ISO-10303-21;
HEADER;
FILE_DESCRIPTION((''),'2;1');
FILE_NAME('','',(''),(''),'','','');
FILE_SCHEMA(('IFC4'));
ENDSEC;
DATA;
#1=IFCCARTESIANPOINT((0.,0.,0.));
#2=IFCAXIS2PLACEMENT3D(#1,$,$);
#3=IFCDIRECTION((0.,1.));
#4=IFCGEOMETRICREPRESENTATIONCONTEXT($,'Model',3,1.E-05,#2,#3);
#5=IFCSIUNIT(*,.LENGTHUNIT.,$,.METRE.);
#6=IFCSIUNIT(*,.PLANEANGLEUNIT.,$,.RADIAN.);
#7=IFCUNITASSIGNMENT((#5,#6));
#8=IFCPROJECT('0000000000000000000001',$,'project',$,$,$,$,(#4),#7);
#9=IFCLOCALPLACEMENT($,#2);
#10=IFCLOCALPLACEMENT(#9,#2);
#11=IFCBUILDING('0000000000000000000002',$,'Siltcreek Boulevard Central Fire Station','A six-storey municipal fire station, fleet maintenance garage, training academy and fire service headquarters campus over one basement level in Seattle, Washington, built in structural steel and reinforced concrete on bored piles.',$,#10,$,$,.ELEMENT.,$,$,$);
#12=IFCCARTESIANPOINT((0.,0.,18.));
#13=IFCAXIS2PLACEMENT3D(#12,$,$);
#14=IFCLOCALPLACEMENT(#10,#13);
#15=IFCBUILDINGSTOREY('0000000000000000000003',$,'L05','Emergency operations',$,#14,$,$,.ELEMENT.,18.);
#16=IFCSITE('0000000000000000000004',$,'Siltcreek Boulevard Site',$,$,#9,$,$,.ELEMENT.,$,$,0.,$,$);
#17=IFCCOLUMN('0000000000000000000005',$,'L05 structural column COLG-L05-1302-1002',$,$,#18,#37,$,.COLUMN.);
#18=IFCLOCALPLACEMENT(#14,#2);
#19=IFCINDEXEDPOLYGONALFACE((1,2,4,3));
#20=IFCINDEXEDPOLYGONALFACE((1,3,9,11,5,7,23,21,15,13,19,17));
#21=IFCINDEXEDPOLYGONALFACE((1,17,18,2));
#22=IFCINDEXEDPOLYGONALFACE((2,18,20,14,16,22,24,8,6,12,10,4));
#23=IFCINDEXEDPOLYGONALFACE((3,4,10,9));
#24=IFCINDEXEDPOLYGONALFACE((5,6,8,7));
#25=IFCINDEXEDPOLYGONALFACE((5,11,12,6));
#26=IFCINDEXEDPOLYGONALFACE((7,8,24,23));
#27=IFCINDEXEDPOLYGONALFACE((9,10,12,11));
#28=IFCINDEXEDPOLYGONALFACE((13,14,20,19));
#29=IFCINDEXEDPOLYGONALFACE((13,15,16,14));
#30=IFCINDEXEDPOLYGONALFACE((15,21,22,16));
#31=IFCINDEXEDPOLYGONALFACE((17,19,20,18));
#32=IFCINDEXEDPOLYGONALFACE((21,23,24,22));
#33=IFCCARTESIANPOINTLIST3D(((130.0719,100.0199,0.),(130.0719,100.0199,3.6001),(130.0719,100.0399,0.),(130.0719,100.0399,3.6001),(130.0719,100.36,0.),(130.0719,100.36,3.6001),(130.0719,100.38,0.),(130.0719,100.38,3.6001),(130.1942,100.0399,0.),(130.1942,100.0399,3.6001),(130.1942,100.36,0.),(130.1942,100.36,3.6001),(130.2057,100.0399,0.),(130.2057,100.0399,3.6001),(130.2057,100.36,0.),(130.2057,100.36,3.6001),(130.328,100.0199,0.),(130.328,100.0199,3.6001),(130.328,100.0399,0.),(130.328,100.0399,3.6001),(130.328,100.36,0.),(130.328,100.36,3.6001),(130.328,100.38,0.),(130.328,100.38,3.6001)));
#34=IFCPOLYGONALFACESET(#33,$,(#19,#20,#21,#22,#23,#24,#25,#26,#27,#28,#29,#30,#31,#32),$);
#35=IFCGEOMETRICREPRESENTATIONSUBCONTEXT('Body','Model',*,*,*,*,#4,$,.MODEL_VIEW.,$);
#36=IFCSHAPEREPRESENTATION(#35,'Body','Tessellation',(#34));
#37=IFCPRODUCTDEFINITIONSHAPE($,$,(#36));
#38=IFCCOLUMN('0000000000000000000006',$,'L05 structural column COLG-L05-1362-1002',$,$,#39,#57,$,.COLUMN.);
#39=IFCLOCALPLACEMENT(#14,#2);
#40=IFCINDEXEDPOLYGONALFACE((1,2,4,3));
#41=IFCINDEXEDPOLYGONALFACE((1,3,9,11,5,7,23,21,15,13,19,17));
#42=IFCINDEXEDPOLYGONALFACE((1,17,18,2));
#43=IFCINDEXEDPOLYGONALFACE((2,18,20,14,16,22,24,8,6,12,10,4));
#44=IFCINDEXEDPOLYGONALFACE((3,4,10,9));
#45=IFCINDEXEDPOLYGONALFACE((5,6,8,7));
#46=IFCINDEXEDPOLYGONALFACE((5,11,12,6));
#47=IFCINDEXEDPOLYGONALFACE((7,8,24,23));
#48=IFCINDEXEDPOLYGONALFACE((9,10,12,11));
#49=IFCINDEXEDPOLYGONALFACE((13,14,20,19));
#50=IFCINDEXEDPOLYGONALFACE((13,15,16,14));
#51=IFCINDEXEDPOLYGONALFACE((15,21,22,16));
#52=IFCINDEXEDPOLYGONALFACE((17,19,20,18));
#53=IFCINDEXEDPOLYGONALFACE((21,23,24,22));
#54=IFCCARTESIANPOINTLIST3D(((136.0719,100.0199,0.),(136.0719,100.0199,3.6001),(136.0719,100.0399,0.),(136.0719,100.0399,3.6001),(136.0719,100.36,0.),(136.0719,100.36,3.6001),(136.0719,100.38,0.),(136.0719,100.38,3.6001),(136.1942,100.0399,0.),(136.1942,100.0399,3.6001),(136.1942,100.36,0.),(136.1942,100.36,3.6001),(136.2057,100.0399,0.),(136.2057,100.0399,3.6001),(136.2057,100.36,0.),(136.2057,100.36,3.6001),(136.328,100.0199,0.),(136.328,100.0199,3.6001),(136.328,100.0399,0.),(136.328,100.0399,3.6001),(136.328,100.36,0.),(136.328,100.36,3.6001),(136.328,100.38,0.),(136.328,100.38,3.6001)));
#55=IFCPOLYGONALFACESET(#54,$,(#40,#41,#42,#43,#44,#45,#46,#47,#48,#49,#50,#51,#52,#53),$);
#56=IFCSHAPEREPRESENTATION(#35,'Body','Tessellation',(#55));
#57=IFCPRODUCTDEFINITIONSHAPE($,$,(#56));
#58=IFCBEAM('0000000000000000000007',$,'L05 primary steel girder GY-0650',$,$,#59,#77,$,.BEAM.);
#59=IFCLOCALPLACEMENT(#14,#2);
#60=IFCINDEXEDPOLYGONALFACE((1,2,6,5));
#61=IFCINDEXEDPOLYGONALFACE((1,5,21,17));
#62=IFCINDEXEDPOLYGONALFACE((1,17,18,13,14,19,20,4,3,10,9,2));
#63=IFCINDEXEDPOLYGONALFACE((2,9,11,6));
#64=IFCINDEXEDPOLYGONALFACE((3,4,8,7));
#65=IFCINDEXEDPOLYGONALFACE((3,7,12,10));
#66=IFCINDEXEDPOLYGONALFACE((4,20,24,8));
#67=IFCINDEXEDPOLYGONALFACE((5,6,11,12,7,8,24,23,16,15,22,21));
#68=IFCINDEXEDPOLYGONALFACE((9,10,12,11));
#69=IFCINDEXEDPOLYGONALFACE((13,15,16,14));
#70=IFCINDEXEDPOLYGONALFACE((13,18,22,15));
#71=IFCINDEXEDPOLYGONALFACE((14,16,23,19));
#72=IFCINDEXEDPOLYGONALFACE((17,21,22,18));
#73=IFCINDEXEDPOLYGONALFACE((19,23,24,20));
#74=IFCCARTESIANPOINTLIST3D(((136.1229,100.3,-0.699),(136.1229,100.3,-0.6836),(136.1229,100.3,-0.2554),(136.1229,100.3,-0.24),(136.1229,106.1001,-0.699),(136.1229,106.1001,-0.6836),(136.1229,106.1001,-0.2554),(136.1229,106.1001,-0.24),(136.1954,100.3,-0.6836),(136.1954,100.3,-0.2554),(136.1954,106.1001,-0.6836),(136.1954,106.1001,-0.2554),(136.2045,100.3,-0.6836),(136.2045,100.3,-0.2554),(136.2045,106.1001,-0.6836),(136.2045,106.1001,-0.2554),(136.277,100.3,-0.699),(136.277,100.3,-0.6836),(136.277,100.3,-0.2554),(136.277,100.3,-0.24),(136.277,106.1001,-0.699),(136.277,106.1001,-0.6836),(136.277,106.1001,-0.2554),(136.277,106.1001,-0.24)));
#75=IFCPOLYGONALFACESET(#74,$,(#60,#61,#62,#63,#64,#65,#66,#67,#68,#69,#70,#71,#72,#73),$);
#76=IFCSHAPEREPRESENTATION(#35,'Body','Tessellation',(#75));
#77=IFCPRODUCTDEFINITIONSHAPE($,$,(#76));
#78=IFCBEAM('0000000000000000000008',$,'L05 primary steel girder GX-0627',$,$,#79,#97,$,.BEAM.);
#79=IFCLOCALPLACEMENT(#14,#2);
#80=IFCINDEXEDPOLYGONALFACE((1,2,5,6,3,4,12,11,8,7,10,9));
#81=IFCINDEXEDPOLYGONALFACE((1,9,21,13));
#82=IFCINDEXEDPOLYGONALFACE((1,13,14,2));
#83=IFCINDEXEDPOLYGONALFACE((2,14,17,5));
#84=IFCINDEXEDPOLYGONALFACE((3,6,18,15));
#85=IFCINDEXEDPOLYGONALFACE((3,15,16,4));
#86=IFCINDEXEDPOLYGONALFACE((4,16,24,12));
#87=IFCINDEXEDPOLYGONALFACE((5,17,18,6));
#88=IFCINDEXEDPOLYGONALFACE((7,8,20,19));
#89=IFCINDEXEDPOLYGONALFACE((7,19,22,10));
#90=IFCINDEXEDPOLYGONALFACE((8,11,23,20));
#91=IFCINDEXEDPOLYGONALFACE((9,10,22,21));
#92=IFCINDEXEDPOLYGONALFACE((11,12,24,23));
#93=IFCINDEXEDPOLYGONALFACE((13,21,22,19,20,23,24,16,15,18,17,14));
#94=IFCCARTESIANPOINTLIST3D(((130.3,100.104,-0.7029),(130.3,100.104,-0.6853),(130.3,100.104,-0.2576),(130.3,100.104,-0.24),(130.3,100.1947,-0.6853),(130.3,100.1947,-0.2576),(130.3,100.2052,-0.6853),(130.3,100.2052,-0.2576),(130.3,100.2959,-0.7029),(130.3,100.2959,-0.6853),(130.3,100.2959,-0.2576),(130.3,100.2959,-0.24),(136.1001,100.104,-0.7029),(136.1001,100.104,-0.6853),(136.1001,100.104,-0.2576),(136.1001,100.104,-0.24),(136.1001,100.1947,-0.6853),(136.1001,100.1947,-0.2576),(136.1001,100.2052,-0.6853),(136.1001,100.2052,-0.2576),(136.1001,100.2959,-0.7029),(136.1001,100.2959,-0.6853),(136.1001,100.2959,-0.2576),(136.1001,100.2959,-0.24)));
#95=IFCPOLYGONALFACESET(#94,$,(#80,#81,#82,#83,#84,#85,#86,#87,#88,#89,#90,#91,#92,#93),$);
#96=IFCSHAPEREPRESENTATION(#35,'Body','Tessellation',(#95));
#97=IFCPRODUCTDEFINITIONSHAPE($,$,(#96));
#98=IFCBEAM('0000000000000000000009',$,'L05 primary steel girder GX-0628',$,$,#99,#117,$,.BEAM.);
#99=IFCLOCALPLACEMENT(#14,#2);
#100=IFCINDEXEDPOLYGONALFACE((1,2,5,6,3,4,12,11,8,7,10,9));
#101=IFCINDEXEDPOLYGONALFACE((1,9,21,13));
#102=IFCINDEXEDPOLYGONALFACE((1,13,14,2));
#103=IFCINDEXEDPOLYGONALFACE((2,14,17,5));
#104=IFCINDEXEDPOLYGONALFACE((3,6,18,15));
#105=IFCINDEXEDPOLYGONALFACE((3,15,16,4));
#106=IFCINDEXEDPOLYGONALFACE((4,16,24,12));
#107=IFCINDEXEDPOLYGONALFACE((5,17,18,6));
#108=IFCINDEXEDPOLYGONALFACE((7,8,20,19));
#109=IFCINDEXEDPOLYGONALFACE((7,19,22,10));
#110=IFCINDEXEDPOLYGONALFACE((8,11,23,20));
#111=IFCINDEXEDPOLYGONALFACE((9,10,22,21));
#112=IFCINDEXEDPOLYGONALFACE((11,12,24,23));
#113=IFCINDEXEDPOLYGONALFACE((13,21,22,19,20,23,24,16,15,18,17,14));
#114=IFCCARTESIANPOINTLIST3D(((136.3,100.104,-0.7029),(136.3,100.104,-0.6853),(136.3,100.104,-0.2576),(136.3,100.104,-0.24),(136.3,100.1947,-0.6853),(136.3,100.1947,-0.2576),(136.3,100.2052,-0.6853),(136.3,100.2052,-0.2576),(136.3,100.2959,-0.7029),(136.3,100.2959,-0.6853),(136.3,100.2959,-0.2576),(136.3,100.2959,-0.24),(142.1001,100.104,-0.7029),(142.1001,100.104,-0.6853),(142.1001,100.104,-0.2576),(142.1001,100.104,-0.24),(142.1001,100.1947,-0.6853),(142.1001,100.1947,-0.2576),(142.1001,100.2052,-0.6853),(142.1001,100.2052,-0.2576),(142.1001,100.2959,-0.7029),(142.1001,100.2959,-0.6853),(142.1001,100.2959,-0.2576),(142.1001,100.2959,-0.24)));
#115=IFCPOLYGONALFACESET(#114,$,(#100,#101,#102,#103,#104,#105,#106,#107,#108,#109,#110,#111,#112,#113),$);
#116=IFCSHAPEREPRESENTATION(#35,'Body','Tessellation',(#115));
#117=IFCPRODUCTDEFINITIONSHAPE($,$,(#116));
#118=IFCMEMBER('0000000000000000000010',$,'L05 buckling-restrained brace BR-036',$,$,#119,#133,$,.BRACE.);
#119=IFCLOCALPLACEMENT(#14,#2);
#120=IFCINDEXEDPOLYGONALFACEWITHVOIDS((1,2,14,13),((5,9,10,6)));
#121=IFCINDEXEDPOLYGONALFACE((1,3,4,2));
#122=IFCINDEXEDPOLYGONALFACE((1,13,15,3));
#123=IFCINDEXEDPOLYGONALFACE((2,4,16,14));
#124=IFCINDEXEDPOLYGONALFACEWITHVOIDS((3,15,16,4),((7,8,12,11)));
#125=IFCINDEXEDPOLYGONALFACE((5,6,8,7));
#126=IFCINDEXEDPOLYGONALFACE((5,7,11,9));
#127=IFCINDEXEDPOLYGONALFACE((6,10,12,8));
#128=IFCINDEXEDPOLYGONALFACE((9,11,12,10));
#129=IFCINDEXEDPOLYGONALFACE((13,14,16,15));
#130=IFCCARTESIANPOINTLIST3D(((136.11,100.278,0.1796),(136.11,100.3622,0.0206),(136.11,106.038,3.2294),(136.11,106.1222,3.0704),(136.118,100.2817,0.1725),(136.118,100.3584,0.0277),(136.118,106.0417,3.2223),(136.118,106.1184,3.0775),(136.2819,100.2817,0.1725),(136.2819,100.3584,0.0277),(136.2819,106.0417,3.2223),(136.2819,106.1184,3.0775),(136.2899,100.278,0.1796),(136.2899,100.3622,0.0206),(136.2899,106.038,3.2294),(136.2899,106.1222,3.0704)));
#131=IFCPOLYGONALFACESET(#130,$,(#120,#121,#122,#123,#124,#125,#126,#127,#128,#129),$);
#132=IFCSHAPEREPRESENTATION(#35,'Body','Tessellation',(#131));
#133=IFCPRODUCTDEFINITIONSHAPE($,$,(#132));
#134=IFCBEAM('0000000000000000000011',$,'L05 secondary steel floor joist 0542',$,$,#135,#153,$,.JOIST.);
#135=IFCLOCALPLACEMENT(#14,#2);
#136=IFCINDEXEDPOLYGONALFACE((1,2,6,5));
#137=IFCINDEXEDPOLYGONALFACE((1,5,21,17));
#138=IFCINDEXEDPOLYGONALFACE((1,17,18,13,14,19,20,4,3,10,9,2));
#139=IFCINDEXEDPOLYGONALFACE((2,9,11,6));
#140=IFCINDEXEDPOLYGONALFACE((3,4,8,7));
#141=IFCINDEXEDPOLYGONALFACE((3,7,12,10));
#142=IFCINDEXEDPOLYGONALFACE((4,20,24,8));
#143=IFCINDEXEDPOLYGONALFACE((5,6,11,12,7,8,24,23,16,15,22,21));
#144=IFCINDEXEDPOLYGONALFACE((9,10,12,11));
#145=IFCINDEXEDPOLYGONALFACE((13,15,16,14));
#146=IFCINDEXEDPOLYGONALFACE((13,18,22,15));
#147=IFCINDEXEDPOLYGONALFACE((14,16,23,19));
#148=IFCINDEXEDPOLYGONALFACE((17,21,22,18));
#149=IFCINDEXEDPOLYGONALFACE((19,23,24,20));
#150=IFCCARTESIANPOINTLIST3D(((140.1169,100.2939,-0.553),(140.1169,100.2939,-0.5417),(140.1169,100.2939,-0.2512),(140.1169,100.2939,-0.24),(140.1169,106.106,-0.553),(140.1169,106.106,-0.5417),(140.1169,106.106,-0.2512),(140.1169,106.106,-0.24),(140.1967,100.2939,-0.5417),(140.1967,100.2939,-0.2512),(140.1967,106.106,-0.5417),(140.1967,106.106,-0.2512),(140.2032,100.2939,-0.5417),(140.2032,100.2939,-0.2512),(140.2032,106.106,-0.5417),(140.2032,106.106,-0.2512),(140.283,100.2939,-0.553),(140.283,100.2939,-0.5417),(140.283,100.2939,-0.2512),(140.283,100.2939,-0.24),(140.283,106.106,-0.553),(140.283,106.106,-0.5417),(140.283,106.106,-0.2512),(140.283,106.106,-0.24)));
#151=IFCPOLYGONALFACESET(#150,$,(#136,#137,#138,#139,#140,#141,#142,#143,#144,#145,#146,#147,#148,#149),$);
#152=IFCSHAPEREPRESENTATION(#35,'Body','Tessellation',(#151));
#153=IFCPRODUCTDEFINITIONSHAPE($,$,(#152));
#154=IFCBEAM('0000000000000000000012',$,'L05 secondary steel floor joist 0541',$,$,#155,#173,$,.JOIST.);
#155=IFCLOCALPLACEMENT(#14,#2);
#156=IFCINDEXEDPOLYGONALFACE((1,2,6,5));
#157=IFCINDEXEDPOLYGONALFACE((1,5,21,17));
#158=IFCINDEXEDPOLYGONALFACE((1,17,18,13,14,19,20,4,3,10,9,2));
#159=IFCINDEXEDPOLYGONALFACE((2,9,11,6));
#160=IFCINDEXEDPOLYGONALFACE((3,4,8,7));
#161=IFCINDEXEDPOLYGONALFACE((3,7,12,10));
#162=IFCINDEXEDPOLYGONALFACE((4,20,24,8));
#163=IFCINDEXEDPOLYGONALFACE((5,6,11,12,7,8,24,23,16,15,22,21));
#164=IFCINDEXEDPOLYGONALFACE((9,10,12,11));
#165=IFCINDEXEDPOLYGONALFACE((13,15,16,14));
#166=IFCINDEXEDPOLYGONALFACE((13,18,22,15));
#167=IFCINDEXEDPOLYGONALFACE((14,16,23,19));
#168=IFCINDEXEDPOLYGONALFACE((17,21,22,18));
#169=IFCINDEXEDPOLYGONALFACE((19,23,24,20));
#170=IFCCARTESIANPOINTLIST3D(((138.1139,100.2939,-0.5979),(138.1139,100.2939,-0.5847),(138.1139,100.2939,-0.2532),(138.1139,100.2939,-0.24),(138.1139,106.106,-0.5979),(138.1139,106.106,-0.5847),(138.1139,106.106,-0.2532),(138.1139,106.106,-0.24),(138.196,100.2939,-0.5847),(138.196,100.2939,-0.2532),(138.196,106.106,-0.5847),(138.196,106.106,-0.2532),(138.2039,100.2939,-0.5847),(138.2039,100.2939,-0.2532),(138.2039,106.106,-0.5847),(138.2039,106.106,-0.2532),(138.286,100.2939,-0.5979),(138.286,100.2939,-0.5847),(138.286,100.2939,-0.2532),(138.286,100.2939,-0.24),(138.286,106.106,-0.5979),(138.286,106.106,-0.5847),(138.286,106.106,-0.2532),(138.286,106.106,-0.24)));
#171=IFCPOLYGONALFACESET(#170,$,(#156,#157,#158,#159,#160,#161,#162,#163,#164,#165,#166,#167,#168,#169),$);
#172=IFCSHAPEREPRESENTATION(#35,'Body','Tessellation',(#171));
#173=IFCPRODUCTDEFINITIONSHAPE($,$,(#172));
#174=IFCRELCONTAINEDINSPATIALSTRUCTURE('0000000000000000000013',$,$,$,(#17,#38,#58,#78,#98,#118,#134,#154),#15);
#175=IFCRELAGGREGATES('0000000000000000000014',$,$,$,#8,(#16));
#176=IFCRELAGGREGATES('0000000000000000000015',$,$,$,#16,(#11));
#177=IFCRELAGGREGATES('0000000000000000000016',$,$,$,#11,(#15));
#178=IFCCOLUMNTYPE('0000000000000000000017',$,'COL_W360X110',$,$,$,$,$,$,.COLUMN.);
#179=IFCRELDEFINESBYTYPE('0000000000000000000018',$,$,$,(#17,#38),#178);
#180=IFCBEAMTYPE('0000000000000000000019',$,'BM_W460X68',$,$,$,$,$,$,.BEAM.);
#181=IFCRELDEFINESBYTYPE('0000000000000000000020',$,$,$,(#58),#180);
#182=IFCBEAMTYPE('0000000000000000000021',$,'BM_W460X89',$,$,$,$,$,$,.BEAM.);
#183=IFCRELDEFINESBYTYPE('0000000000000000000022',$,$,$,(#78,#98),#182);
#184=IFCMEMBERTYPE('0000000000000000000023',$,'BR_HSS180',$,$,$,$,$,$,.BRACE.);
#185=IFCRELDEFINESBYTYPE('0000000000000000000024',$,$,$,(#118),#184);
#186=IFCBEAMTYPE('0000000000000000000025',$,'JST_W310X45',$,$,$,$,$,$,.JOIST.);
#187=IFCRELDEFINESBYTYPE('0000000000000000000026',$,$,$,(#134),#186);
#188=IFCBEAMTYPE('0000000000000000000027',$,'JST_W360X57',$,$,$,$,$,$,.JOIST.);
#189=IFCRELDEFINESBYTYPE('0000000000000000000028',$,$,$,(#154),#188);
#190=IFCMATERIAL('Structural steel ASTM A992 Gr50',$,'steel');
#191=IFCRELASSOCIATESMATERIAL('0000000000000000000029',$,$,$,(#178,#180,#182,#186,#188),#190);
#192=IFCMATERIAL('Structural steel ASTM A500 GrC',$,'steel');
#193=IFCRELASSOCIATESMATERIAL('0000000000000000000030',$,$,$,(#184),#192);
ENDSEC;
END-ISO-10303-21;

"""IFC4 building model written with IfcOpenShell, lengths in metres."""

from ifc_helpers import new_model, si_unit, direction, frame, origin, origin_2d, place, context, subcontext, project, spatial, hollow_rectangle, i_section, extrude, material, material_profile, profile_set, type_object, element, save


model = new_model("IFC4")

# Units and contexts
model_context = context("Model", 3, precision=1e-05, world=origin(), true_north=direction((0.0, 1.0)))
body_context = subcontext(model_context, "Body", "Model", "MODEL_VIEW")
ifc_project = project(units=[si_unit("LENGTHUNIT", "METRE"), si_unit("PLANEANGLEUNIT", "RADIAN")], contexts=[model_context])

# Site, building, storey
site_placement = place(None, origin())
site = spatial("IfcSite", under=ifc_project, at=site_placement, Name="Siltcreek Boulevard Site", CompositionType="ELEMENT", RefElevation=0.0)
building_placement = place(site_placement, origin())
building = spatial("IfcBuilding", under=site, at=building_placement, Name="Siltcreek Boulevard Central Fire Station", Description="A six-storey municipal fire station, fleet maintenance garage, training academy and fire service headquarters campus over one basement level in Seattle, Washington, built in structural steel and reinforced concrete on bored piles.", CompositionType="ELEMENT")
storey_placement = place(building_placement, frame((0.0, 0.0, 18.0)))
storey = spatial("IfcBuildingStorey", under=building, at=storey_placement, Name="L05", Description="Emergency operations", CompositionType="ELEMENT", Elevation=18.0)

# Columns
ifc_material_1 = material(Name="Structural steel ASTM A992 Gr50", Category="steel")
ifc_material_profile_1 = material_profile(ifc_material_1, i_section(OverallWidth=0.2561, OverallDepth=0.3601, WebThickness=0.0115, FlangeThickness=0.02, at=origin_2d()), Name="W360X110")
ifc_profile_set_1 = profile_set([ifc_material_profile_1], Name="Structural steel ASTM A992 Gr50")
column_type = type_object("IfcColumnType", Name="COL_W360X110", PredefinedType="COLUMN", material=ifc_profile_set_1)
for number, where, z_axis, x_axis, name in (
    (1, (130.2, 100.2, 0.0), (0.0, 0.0, 1.0), (1.0, 0.0, 0.0), "L05 structural column COLG-L05-1302-1002"),
    (2, (136.2, 100.2, 0.0), (0.0, 0.0, 1.0), (1.0, 0.0, 0.0), "L05 structural column COLG-L05-1362-1002"),
):
    element("IfcColumn", number, at=place(storey_placement, frame(where, z_axis=z_axis, x_axis=x_axis)), inside=storey, type_object=column_type, Name=name, PredefinedType="COLUMN", context=body_context, shape_type="SweptSolid", body=[
        extrude(i_section(OverallWidth=0.2561, OverallDepth=0.3601, WebThickness=0.0115, FlangeThickness=0.02, at=origin_2d()), origin(), (0.0, 0.0, 1.0), 3.6001),
    ])

# Beams
ifc_material_profile_2 = material_profile(ifc_material_1, i_section(OverallWidth=0.1541, OverallDepth=0.459, WebThickness=0.009, FlangeThickness=0.0154, at=origin_2d()), Name="W460X68")
ifc_profile_set_2 = profile_set([ifc_material_profile_2], Name="Structural steel ASTM A992 Gr50")
beam_type_1 = type_object("IfcBeamType", Name="BM_W460X68", PredefinedType="BEAM", material=ifc_profile_set_2)
beam_1_placement = place(storey_placement, frame((136.2, 100.3, -0.4695), z_axis=(0.0, 1.0, 0.0), x_axis=(-1.0, 0.0, 0.0)))
element("IfcBeam", 3, at=beam_1_placement, inside=storey, type_object=beam_type_1, Name="L05 primary steel girder GY-0650", PredefinedType="BEAM", context=body_context, shape_type="SweptSolid", body=[
    extrude(i_section(OverallWidth=0.1541, OverallDepth=0.459, WebThickness=0.009, FlangeThickness=0.0154, at=origin_2d()), origin(), (0.0, 0.0, 1.0), 5.8),
])
ifc_material_profile_3 = material_profile(ifc_material_1, i_section(OverallWidth=0.1919, OverallDepth=0.4629, WebThickness=0.0105, FlangeThickness=0.0176, at=origin_2d()), Name="W460X89")
ifc_profile_set_3 = profile_set([ifc_material_profile_3], Name="Structural steel ASTM A992 Gr50")
beam_type_2 = type_object("IfcBeamType", Name="BM_W460X89", PredefinedType="BEAM", material=ifc_profile_set_3)
for number, where, z_axis, x_axis, name in (
    (4, (130.3, 100.2, -0.4714), (1.0, 0.0, 0.0), (0.0, 1.0, 0.0), "L05 primary steel girder GX-0627"),
    (5, (136.3, 100.2, -0.4714), (1.0, 0.0, 0.0), (0.0, 1.0, 0.0), "L05 primary steel girder GX-0628"),
):
    element("IfcBeam", number, at=place(storey_placement, frame(where, z_axis=z_axis, x_axis=x_axis)), inside=storey, type_object=beam_type_2, Name=name, PredefinedType="BEAM", context=body_context, shape_type="SweptSolid", body=[
        extrude(i_section(OverallWidth=0.1919, OverallDepth=0.4629, WebThickness=0.0105, FlangeThickness=0.0176, at=origin_2d()), origin(), (0.0, 0.0, 1.0), 5.8),
    ])

# Member
ifc_material_2 = material(Name="Structural steel ASTM A500 GrC", Category="steel")
ifc_material_profile_4 = material_profile(ifc_material_2, hollow_rectangle(XDim=0.1799, YDim=0.1799, WallThickness=0.0081, at=origin_2d()), Name="HSS180X180X8.0")
ifc_profile_set_4 = profile_set([ifc_material_profile_4], Name="Structural steel ASTM A500 GrC")
member_type = type_object("IfcMemberType", Name="BR_HSS180", PredefinedType="BRACE", material=ifc_profile_set_4)
member_placement = place(storey_placement, frame((136.2, 100.3201, 0.1001), z_axis=(0.0, 0.883763, 0.467934), x_axis=(-1.0, 0.0, 0.0)))
element("IfcMember", 6, at=member_placement, inside=storey, type_object=member_type, Name="L05 buckling-restrained brace BR-036", PredefinedType="BRACE", context=body_context, shape_type="SweptSolid", body=[
    extrude(hollow_rectangle(XDim=0.1799, YDim=0.1799, WallThickness=0.0081, at=origin_2d()), origin(), (0.0, 0.0, 1.0), 6.5176),
])

# Beams
ifc_material_profile_5 = material_profile(ifc_material_1, i_section(OverallWidth=0.166, OverallDepth=0.313, WebThickness=0.0066, FlangeThickness=0.0112, at=origin_2d()), Name="W310X45")
ifc_profile_set_5 = profile_set([ifc_material_profile_5], Name="Structural steel ASTM A992 Gr50")
beam_type_3 = type_object("IfcBeamType", Name="JST_W310X45", PredefinedType="JOIST", material=ifc_profile_set_5)
beam_2_placement = place(storey_placement, frame((140.2, 100.2939, -0.3965), z_axis=(0.0, 1.0, 0.0), x_axis=(-1.0, 0.0, 0.0)))
element("IfcBeam", 7, at=beam_2_placement, inside=storey, type_object=beam_type_3, Name="L05 secondary steel floor joist 0542", PredefinedType="JOIST", context=body_context, shape_type="SweptSolid", body=[
    extrude(i_section(OverallWidth=0.166, OverallDepth=0.313, WebThickness=0.0066, FlangeThickness=0.0112, at=origin_2d()), origin(), (0.0, 0.0, 1.0), 5.812),
])
ifc_material_profile_6 = material_profile(ifc_material_1, i_section(OverallWidth=0.1721, OverallDepth=0.3579, WebThickness=0.0078, FlangeThickness=0.0132, at=origin_2d()), Name="W360X57")
ifc_profile_set_6 = profile_set([ifc_material_profile_6], Name="Structural steel ASTM A992 Gr50")
beam_type_4 = type_object("IfcBeamType", Name="JST_W360X57", PredefinedType="JOIST", material=ifc_profile_set_6)
beam_3_placement = place(storey_placement, frame((138.2, 100.2939, -0.4189), z_axis=(0.0, 1.0, 0.0), x_axis=(-1.0, 0.0, 0.0)))
element("IfcBeam", 8, at=beam_3_placement, inside=storey, type_object=beam_type_4, Name="L05 secondary steel floor joist 0541", PredefinedType="JOIST", context=body_context, shape_type="SweptSolid", body=[
    extrude(i_section(OverallWidth=0.1721, OverallDepth=0.3579, WebThickness=0.0078, FlangeThickness=0.0132, at=origin_2d()), origin(), (0.0, 0.0, 1.0), 5.812),
])

save(model, "model.ifc")
